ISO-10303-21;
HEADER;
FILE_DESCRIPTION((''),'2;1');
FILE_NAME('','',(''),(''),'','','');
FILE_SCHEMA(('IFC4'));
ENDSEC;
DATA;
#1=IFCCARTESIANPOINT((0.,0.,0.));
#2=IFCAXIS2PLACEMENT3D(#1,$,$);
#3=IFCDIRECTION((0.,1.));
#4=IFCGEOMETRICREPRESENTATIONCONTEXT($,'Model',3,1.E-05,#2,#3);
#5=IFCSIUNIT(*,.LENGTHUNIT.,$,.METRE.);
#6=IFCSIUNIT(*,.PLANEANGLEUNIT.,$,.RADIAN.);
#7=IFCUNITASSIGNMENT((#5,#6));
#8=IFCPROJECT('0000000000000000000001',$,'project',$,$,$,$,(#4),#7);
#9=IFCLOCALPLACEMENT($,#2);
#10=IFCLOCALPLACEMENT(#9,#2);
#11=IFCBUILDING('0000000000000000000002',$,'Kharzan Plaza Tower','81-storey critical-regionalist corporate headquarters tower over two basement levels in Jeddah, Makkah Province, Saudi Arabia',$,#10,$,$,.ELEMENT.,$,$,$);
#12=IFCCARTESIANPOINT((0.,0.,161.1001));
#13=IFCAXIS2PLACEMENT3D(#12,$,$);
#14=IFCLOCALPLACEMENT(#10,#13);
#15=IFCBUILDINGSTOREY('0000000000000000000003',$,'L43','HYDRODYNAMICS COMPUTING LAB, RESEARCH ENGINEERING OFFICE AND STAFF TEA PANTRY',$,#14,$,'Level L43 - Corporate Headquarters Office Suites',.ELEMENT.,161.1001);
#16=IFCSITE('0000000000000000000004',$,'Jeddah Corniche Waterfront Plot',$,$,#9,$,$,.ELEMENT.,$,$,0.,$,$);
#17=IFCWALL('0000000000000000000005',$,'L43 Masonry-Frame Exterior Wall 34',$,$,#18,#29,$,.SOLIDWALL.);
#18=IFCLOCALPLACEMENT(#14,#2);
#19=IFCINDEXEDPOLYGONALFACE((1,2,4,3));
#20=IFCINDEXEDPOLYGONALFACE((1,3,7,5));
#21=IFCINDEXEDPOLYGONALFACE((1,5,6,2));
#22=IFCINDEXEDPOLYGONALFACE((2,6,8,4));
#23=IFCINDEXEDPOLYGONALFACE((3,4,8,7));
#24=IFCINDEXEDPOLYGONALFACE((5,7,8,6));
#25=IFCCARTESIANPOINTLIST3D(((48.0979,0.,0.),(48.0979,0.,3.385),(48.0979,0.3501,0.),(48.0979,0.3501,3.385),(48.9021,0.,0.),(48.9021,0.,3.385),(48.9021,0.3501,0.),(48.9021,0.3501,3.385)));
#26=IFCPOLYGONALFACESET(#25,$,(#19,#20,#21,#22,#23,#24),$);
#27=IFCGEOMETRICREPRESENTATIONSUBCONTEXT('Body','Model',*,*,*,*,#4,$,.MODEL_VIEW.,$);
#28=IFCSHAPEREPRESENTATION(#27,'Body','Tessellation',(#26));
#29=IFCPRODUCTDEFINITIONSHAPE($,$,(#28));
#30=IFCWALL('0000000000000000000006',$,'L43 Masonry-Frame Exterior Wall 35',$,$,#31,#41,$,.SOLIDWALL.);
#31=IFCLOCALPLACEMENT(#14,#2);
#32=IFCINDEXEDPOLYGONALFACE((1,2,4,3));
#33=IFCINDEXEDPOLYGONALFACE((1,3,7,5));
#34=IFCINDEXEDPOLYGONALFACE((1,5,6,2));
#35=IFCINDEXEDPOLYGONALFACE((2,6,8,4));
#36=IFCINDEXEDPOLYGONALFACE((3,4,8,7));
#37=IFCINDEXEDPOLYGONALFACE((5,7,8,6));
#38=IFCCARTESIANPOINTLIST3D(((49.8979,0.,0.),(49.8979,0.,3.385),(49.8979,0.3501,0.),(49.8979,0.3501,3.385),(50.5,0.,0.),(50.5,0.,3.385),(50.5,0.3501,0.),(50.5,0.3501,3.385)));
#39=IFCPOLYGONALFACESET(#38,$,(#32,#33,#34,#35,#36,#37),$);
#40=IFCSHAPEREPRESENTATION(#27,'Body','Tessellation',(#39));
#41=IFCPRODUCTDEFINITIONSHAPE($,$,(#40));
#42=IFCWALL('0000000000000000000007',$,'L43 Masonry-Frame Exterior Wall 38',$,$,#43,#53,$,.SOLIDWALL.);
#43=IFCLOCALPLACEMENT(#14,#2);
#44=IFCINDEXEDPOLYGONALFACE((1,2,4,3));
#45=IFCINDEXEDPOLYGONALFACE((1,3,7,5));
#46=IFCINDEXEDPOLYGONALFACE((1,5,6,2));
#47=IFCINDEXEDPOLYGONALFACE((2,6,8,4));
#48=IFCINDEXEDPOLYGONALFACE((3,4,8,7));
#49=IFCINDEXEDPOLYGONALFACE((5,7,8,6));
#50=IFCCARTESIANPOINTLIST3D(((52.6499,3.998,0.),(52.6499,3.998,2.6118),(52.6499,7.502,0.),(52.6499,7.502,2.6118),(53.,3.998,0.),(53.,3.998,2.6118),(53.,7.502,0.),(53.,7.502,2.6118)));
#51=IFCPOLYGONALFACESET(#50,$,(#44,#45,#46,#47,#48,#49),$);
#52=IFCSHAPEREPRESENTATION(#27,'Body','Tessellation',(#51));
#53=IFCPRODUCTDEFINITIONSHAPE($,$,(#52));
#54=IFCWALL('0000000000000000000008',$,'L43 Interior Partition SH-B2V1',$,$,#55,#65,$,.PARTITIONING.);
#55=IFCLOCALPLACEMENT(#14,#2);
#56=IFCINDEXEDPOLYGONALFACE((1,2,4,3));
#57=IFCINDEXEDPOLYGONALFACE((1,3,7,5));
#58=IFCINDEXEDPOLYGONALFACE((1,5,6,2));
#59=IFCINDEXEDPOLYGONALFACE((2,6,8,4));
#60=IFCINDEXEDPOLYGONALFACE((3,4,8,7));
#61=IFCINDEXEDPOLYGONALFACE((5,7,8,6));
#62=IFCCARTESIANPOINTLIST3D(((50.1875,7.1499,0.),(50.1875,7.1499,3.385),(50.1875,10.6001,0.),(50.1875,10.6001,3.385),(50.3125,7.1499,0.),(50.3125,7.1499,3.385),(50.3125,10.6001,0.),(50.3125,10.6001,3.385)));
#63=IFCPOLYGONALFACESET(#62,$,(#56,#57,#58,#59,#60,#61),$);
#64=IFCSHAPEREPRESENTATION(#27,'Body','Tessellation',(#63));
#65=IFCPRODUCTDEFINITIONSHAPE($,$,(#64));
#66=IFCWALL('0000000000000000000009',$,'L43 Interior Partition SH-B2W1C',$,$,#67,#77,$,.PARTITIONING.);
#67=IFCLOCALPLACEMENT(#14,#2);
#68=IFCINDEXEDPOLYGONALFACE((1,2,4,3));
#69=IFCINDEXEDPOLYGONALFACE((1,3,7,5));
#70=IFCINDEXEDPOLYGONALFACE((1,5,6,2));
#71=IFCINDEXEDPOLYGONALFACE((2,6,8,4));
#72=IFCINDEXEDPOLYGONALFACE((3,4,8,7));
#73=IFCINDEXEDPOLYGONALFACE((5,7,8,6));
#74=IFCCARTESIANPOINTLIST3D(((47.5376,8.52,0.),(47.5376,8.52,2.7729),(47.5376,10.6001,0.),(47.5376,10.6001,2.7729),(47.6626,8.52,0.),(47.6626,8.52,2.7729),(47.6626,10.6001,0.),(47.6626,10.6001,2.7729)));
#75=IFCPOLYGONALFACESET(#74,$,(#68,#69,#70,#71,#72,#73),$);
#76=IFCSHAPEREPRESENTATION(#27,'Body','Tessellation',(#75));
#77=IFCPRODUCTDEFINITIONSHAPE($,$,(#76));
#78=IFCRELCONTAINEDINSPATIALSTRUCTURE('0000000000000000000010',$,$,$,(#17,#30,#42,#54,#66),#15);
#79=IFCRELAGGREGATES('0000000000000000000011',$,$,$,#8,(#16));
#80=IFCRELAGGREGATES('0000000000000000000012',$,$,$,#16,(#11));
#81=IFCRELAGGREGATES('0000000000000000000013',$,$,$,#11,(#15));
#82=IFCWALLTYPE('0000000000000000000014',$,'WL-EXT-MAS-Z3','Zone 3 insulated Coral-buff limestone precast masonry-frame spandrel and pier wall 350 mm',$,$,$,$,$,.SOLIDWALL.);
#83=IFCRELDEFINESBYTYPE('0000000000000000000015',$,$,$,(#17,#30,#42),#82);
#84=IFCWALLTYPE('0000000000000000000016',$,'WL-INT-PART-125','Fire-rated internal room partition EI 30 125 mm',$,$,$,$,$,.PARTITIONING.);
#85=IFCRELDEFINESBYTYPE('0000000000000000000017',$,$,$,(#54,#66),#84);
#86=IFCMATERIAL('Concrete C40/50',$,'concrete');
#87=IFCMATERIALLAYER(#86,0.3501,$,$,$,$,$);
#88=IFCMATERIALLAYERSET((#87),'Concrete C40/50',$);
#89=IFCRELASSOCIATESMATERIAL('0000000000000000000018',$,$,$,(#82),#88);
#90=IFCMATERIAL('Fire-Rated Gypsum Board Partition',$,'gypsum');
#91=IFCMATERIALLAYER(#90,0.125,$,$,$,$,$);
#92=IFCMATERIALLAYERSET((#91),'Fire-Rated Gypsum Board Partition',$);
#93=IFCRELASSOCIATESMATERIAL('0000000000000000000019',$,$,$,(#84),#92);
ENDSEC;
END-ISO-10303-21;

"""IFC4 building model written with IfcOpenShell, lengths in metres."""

from ifc_helpers import new_model, si_unit, direction, frame, frame_2d, origin, place, context, subcontext, project, spatial, rectangle, extrude, source, transform, mapped, material, layer, layer_set, type_object, element, save


model = new_model("IFC4")

# Units and contexts
model_context = context("Model", 3, precision=1e-05, world=origin(), true_north=direction((0.0, 1.0)))
body_context = subcontext(model_context, "Body", "Model", "MODEL_VIEW")
ifc_project = project(units=[si_unit("LENGTHUNIT", "METRE"), si_unit("PLANEANGLEUNIT", "RADIAN")], contexts=[model_context])

# Site, building, storey
site_placement = place(None, origin())
site = spatial("IfcSite", under=ifc_project, at=site_placement, Name="Jeddah Corniche Waterfront Plot", CompositionType="ELEMENT", RefElevation=0.0)
building_placement = place(site_placement, origin())
building = spatial("IfcBuilding", under=site, at=building_placement, Name="Kharzan Plaza Tower", Description="81-storey critical-regionalist corporate headquarters tower over two basement levels in Jeddah, Makkah Province, Saudi Arabia", CompositionType="ELEMENT")
storey_placement = place(building_placement, frame((0.0, 0.0, 161.1001)))
storey = spatial("IfcBuildingStorey", under=building, at=storey_placement, Name="L43", Description="HYDRODYNAMICS COMPUTING LAB, RESEARCH ENGINEERING OFFICE AND STAFF TEA PANTRY", LongName="Level L43 - Corporate Headquarters Office Suites", CompositionType="ELEMENT", Elevation=161.1001)

# Shared definitions
ifc_material_1 = material(Name="Concrete C40/50", Category="concrete")
ifc_layer_1 = layer(ifc_material_1, 0.3501)
ifc_layer_set_1 = layer_set([ifc_layer_1], Name="Concrete C40/50")
wall_type_1 = type_object("IfcWallType", Name="WL-EXT-MAS-Z3", Description="Zone 3 insulated Coral-buff limestone precast masonry-frame spandrel and pier wall 350 mm", PredefinedType="SOLIDWALL", material=ifc_layer_set_1)

# Walls
shared_shape_1 = source(origin(), body_context, "Body", "SweptSolid", [
    extrude(rectangle(XDim=0.8042, YDim=0.3501, at=frame_2d((0.4021, 0.0))), origin(), (0.0, 0.0, 1.0), 3.385),
])
wall_1_placement = place(storey_placement, frame((48.0979, 0.175, 0.0), z_axis=(0.0, 0.0, 1.0), x_axis=(1.0, 0.0, 0.0)))
element("IfcWall", 1, at=wall_1_placement, inside=storey, type_object=wall_type_1, Name="L43 Masonry-Frame Exterior Wall 34", PredefinedType="SOLIDWALL", context=body_context, shape_type="MappedRepresentation", body=[
    mapped(shared_shape_1, transform((0.0, 0.0, 0.0), x_axis=(1.0, 0.0, 0.0), y_axis=(0.0, 1.0, 0.0), z_axis=(0.0, 0.0, 1.0))),
])
shared_shape_2 = source(origin(), body_context, "Body", "SweptSolid", [
    extrude(rectangle(XDim=0.6021, YDim=0.3501, at=frame_2d((0.301, 0.0))), origin(), (0.0, 0.0, 1.0), 3.385),
])
wall_2_placement = place(storey_placement, frame((49.8979, 0.175, 0.0), z_axis=(0.0, 0.0, 1.0), x_axis=(1.0, 0.0, 0.0)))
element("IfcWall", 2, at=wall_2_placement, inside=storey, type_object=wall_type_1, Name="L43 Masonry-Frame Exterior Wall 35", PredefinedType="SOLIDWALL", context=body_context, shape_type="MappedRepresentation", body=[
    mapped(shared_shape_2, transform((0.0, 0.0, 0.0), x_axis=(1.0, 0.0, 0.0), y_axis=(0.0, 1.0, 0.0), z_axis=(0.0, 0.0, 1.0))),
])
shared_shape_3 = source(origin(), body_context, "Body", "SweptSolid", [
    extrude(rectangle(XDim=3.5039, YDim=0.3501, at=frame_2d((1.752, 0.0))), origin(), (0.0, 0.0, 1.0), 2.6118),
])
wall_3_placement = place(storey_placement, frame((52.825, 3.998, 0.0), z_axis=(0.0, 0.0, 1.0), x_axis=(0.0, 1.0, 0.0)))
element("IfcWall", 3, at=wall_3_placement, inside=storey, type_object=wall_type_1, Name="L43 Masonry-Frame Exterior Wall 38", PredefinedType="SOLIDWALL", context=body_context, shape_type="MappedRepresentation", body=[
    mapped(shared_shape_3, transform((0.0, 0.0, 0.0), x_axis=(1.0, 0.0, 0.0), y_axis=(0.0, 1.0, 0.0), z_axis=(0.0, 0.0, 1.0))),
])
ifc_material_2 = material(Name="Fire-Rated Gypsum Board Partition", Category="gypsum")
ifc_layer_2 = layer(ifc_material_2, 0.125)
ifc_layer_set_2 = layer_set([ifc_layer_2], Name="Fire-Rated Gypsum Board Partition")
wall_type_2 = type_object("IfcWallType", Name="WL-INT-PART-125", Description="Fire-rated internal room partition EI 30 125 mm", PredefinedType="PARTITIONING", material=ifc_layer_set_2)
shared_shape_4 = source(origin(), body_context, "Body", "SweptSolid", [
    extrude(rectangle(XDim=3.4502, YDim=0.125, at=frame_2d((1.7251, 0.0))), origin(), (0.0, 0.0, 1.0), 3.385),
])
wall_4_placement = place(storey_placement, frame((50.25, 7.1499, 0.0), z_axis=(0.0, 0.0, 1.0), x_axis=(0.0, 1.0, 0.0)))
element("IfcWall", 4, at=wall_4_placement, inside=storey, type_object=wall_type_2, Name="L43 Interior Partition SH-B2V1", PredefinedType="PARTITIONING", context=body_context, shape_type="MappedRepresentation", body=[
    mapped(shared_shape_4, transform((0.0, 0.0, 0.0), x_axis=(1.0, 0.0, 0.0), y_axis=(0.0, 1.0, 0.0), z_axis=(0.0, 0.0, 1.0))),
])
shared_shape_5 = source(origin(), body_context, "Body", "SweptSolid", [
    extrude(rectangle(XDim=2.0801, YDim=0.125, at=frame_2d((1.04, 0.0))), origin(), (0.0, 0.0, 1.0), 2.7729),
])
wall_5_placement = place(storey_placement, frame((47.6001, 8.52, 0.0), z_axis=(0.0, 0.0, 1.0), x_axis=(0.0, 1.0, 0.0)))
element("IfcWall", 5, at=wall_5_placement, inside=storey, type_object=wall_type_2, Name="L43 Interior Partition SH-B2W1C", PredefinedType="PARTITIONING", context=body_context, shape_type="MappedRepresentation", body=[
    mapped(shared_shape_5, transform((0.0, 0.0, 0.0), x_axis=(1.0, 0.0, 0.0), y_axis=(0.0, 1.0, 0.0), z_axis=(0.0, 0.0, 1.0))),
])

save(model, "model.ifc")
